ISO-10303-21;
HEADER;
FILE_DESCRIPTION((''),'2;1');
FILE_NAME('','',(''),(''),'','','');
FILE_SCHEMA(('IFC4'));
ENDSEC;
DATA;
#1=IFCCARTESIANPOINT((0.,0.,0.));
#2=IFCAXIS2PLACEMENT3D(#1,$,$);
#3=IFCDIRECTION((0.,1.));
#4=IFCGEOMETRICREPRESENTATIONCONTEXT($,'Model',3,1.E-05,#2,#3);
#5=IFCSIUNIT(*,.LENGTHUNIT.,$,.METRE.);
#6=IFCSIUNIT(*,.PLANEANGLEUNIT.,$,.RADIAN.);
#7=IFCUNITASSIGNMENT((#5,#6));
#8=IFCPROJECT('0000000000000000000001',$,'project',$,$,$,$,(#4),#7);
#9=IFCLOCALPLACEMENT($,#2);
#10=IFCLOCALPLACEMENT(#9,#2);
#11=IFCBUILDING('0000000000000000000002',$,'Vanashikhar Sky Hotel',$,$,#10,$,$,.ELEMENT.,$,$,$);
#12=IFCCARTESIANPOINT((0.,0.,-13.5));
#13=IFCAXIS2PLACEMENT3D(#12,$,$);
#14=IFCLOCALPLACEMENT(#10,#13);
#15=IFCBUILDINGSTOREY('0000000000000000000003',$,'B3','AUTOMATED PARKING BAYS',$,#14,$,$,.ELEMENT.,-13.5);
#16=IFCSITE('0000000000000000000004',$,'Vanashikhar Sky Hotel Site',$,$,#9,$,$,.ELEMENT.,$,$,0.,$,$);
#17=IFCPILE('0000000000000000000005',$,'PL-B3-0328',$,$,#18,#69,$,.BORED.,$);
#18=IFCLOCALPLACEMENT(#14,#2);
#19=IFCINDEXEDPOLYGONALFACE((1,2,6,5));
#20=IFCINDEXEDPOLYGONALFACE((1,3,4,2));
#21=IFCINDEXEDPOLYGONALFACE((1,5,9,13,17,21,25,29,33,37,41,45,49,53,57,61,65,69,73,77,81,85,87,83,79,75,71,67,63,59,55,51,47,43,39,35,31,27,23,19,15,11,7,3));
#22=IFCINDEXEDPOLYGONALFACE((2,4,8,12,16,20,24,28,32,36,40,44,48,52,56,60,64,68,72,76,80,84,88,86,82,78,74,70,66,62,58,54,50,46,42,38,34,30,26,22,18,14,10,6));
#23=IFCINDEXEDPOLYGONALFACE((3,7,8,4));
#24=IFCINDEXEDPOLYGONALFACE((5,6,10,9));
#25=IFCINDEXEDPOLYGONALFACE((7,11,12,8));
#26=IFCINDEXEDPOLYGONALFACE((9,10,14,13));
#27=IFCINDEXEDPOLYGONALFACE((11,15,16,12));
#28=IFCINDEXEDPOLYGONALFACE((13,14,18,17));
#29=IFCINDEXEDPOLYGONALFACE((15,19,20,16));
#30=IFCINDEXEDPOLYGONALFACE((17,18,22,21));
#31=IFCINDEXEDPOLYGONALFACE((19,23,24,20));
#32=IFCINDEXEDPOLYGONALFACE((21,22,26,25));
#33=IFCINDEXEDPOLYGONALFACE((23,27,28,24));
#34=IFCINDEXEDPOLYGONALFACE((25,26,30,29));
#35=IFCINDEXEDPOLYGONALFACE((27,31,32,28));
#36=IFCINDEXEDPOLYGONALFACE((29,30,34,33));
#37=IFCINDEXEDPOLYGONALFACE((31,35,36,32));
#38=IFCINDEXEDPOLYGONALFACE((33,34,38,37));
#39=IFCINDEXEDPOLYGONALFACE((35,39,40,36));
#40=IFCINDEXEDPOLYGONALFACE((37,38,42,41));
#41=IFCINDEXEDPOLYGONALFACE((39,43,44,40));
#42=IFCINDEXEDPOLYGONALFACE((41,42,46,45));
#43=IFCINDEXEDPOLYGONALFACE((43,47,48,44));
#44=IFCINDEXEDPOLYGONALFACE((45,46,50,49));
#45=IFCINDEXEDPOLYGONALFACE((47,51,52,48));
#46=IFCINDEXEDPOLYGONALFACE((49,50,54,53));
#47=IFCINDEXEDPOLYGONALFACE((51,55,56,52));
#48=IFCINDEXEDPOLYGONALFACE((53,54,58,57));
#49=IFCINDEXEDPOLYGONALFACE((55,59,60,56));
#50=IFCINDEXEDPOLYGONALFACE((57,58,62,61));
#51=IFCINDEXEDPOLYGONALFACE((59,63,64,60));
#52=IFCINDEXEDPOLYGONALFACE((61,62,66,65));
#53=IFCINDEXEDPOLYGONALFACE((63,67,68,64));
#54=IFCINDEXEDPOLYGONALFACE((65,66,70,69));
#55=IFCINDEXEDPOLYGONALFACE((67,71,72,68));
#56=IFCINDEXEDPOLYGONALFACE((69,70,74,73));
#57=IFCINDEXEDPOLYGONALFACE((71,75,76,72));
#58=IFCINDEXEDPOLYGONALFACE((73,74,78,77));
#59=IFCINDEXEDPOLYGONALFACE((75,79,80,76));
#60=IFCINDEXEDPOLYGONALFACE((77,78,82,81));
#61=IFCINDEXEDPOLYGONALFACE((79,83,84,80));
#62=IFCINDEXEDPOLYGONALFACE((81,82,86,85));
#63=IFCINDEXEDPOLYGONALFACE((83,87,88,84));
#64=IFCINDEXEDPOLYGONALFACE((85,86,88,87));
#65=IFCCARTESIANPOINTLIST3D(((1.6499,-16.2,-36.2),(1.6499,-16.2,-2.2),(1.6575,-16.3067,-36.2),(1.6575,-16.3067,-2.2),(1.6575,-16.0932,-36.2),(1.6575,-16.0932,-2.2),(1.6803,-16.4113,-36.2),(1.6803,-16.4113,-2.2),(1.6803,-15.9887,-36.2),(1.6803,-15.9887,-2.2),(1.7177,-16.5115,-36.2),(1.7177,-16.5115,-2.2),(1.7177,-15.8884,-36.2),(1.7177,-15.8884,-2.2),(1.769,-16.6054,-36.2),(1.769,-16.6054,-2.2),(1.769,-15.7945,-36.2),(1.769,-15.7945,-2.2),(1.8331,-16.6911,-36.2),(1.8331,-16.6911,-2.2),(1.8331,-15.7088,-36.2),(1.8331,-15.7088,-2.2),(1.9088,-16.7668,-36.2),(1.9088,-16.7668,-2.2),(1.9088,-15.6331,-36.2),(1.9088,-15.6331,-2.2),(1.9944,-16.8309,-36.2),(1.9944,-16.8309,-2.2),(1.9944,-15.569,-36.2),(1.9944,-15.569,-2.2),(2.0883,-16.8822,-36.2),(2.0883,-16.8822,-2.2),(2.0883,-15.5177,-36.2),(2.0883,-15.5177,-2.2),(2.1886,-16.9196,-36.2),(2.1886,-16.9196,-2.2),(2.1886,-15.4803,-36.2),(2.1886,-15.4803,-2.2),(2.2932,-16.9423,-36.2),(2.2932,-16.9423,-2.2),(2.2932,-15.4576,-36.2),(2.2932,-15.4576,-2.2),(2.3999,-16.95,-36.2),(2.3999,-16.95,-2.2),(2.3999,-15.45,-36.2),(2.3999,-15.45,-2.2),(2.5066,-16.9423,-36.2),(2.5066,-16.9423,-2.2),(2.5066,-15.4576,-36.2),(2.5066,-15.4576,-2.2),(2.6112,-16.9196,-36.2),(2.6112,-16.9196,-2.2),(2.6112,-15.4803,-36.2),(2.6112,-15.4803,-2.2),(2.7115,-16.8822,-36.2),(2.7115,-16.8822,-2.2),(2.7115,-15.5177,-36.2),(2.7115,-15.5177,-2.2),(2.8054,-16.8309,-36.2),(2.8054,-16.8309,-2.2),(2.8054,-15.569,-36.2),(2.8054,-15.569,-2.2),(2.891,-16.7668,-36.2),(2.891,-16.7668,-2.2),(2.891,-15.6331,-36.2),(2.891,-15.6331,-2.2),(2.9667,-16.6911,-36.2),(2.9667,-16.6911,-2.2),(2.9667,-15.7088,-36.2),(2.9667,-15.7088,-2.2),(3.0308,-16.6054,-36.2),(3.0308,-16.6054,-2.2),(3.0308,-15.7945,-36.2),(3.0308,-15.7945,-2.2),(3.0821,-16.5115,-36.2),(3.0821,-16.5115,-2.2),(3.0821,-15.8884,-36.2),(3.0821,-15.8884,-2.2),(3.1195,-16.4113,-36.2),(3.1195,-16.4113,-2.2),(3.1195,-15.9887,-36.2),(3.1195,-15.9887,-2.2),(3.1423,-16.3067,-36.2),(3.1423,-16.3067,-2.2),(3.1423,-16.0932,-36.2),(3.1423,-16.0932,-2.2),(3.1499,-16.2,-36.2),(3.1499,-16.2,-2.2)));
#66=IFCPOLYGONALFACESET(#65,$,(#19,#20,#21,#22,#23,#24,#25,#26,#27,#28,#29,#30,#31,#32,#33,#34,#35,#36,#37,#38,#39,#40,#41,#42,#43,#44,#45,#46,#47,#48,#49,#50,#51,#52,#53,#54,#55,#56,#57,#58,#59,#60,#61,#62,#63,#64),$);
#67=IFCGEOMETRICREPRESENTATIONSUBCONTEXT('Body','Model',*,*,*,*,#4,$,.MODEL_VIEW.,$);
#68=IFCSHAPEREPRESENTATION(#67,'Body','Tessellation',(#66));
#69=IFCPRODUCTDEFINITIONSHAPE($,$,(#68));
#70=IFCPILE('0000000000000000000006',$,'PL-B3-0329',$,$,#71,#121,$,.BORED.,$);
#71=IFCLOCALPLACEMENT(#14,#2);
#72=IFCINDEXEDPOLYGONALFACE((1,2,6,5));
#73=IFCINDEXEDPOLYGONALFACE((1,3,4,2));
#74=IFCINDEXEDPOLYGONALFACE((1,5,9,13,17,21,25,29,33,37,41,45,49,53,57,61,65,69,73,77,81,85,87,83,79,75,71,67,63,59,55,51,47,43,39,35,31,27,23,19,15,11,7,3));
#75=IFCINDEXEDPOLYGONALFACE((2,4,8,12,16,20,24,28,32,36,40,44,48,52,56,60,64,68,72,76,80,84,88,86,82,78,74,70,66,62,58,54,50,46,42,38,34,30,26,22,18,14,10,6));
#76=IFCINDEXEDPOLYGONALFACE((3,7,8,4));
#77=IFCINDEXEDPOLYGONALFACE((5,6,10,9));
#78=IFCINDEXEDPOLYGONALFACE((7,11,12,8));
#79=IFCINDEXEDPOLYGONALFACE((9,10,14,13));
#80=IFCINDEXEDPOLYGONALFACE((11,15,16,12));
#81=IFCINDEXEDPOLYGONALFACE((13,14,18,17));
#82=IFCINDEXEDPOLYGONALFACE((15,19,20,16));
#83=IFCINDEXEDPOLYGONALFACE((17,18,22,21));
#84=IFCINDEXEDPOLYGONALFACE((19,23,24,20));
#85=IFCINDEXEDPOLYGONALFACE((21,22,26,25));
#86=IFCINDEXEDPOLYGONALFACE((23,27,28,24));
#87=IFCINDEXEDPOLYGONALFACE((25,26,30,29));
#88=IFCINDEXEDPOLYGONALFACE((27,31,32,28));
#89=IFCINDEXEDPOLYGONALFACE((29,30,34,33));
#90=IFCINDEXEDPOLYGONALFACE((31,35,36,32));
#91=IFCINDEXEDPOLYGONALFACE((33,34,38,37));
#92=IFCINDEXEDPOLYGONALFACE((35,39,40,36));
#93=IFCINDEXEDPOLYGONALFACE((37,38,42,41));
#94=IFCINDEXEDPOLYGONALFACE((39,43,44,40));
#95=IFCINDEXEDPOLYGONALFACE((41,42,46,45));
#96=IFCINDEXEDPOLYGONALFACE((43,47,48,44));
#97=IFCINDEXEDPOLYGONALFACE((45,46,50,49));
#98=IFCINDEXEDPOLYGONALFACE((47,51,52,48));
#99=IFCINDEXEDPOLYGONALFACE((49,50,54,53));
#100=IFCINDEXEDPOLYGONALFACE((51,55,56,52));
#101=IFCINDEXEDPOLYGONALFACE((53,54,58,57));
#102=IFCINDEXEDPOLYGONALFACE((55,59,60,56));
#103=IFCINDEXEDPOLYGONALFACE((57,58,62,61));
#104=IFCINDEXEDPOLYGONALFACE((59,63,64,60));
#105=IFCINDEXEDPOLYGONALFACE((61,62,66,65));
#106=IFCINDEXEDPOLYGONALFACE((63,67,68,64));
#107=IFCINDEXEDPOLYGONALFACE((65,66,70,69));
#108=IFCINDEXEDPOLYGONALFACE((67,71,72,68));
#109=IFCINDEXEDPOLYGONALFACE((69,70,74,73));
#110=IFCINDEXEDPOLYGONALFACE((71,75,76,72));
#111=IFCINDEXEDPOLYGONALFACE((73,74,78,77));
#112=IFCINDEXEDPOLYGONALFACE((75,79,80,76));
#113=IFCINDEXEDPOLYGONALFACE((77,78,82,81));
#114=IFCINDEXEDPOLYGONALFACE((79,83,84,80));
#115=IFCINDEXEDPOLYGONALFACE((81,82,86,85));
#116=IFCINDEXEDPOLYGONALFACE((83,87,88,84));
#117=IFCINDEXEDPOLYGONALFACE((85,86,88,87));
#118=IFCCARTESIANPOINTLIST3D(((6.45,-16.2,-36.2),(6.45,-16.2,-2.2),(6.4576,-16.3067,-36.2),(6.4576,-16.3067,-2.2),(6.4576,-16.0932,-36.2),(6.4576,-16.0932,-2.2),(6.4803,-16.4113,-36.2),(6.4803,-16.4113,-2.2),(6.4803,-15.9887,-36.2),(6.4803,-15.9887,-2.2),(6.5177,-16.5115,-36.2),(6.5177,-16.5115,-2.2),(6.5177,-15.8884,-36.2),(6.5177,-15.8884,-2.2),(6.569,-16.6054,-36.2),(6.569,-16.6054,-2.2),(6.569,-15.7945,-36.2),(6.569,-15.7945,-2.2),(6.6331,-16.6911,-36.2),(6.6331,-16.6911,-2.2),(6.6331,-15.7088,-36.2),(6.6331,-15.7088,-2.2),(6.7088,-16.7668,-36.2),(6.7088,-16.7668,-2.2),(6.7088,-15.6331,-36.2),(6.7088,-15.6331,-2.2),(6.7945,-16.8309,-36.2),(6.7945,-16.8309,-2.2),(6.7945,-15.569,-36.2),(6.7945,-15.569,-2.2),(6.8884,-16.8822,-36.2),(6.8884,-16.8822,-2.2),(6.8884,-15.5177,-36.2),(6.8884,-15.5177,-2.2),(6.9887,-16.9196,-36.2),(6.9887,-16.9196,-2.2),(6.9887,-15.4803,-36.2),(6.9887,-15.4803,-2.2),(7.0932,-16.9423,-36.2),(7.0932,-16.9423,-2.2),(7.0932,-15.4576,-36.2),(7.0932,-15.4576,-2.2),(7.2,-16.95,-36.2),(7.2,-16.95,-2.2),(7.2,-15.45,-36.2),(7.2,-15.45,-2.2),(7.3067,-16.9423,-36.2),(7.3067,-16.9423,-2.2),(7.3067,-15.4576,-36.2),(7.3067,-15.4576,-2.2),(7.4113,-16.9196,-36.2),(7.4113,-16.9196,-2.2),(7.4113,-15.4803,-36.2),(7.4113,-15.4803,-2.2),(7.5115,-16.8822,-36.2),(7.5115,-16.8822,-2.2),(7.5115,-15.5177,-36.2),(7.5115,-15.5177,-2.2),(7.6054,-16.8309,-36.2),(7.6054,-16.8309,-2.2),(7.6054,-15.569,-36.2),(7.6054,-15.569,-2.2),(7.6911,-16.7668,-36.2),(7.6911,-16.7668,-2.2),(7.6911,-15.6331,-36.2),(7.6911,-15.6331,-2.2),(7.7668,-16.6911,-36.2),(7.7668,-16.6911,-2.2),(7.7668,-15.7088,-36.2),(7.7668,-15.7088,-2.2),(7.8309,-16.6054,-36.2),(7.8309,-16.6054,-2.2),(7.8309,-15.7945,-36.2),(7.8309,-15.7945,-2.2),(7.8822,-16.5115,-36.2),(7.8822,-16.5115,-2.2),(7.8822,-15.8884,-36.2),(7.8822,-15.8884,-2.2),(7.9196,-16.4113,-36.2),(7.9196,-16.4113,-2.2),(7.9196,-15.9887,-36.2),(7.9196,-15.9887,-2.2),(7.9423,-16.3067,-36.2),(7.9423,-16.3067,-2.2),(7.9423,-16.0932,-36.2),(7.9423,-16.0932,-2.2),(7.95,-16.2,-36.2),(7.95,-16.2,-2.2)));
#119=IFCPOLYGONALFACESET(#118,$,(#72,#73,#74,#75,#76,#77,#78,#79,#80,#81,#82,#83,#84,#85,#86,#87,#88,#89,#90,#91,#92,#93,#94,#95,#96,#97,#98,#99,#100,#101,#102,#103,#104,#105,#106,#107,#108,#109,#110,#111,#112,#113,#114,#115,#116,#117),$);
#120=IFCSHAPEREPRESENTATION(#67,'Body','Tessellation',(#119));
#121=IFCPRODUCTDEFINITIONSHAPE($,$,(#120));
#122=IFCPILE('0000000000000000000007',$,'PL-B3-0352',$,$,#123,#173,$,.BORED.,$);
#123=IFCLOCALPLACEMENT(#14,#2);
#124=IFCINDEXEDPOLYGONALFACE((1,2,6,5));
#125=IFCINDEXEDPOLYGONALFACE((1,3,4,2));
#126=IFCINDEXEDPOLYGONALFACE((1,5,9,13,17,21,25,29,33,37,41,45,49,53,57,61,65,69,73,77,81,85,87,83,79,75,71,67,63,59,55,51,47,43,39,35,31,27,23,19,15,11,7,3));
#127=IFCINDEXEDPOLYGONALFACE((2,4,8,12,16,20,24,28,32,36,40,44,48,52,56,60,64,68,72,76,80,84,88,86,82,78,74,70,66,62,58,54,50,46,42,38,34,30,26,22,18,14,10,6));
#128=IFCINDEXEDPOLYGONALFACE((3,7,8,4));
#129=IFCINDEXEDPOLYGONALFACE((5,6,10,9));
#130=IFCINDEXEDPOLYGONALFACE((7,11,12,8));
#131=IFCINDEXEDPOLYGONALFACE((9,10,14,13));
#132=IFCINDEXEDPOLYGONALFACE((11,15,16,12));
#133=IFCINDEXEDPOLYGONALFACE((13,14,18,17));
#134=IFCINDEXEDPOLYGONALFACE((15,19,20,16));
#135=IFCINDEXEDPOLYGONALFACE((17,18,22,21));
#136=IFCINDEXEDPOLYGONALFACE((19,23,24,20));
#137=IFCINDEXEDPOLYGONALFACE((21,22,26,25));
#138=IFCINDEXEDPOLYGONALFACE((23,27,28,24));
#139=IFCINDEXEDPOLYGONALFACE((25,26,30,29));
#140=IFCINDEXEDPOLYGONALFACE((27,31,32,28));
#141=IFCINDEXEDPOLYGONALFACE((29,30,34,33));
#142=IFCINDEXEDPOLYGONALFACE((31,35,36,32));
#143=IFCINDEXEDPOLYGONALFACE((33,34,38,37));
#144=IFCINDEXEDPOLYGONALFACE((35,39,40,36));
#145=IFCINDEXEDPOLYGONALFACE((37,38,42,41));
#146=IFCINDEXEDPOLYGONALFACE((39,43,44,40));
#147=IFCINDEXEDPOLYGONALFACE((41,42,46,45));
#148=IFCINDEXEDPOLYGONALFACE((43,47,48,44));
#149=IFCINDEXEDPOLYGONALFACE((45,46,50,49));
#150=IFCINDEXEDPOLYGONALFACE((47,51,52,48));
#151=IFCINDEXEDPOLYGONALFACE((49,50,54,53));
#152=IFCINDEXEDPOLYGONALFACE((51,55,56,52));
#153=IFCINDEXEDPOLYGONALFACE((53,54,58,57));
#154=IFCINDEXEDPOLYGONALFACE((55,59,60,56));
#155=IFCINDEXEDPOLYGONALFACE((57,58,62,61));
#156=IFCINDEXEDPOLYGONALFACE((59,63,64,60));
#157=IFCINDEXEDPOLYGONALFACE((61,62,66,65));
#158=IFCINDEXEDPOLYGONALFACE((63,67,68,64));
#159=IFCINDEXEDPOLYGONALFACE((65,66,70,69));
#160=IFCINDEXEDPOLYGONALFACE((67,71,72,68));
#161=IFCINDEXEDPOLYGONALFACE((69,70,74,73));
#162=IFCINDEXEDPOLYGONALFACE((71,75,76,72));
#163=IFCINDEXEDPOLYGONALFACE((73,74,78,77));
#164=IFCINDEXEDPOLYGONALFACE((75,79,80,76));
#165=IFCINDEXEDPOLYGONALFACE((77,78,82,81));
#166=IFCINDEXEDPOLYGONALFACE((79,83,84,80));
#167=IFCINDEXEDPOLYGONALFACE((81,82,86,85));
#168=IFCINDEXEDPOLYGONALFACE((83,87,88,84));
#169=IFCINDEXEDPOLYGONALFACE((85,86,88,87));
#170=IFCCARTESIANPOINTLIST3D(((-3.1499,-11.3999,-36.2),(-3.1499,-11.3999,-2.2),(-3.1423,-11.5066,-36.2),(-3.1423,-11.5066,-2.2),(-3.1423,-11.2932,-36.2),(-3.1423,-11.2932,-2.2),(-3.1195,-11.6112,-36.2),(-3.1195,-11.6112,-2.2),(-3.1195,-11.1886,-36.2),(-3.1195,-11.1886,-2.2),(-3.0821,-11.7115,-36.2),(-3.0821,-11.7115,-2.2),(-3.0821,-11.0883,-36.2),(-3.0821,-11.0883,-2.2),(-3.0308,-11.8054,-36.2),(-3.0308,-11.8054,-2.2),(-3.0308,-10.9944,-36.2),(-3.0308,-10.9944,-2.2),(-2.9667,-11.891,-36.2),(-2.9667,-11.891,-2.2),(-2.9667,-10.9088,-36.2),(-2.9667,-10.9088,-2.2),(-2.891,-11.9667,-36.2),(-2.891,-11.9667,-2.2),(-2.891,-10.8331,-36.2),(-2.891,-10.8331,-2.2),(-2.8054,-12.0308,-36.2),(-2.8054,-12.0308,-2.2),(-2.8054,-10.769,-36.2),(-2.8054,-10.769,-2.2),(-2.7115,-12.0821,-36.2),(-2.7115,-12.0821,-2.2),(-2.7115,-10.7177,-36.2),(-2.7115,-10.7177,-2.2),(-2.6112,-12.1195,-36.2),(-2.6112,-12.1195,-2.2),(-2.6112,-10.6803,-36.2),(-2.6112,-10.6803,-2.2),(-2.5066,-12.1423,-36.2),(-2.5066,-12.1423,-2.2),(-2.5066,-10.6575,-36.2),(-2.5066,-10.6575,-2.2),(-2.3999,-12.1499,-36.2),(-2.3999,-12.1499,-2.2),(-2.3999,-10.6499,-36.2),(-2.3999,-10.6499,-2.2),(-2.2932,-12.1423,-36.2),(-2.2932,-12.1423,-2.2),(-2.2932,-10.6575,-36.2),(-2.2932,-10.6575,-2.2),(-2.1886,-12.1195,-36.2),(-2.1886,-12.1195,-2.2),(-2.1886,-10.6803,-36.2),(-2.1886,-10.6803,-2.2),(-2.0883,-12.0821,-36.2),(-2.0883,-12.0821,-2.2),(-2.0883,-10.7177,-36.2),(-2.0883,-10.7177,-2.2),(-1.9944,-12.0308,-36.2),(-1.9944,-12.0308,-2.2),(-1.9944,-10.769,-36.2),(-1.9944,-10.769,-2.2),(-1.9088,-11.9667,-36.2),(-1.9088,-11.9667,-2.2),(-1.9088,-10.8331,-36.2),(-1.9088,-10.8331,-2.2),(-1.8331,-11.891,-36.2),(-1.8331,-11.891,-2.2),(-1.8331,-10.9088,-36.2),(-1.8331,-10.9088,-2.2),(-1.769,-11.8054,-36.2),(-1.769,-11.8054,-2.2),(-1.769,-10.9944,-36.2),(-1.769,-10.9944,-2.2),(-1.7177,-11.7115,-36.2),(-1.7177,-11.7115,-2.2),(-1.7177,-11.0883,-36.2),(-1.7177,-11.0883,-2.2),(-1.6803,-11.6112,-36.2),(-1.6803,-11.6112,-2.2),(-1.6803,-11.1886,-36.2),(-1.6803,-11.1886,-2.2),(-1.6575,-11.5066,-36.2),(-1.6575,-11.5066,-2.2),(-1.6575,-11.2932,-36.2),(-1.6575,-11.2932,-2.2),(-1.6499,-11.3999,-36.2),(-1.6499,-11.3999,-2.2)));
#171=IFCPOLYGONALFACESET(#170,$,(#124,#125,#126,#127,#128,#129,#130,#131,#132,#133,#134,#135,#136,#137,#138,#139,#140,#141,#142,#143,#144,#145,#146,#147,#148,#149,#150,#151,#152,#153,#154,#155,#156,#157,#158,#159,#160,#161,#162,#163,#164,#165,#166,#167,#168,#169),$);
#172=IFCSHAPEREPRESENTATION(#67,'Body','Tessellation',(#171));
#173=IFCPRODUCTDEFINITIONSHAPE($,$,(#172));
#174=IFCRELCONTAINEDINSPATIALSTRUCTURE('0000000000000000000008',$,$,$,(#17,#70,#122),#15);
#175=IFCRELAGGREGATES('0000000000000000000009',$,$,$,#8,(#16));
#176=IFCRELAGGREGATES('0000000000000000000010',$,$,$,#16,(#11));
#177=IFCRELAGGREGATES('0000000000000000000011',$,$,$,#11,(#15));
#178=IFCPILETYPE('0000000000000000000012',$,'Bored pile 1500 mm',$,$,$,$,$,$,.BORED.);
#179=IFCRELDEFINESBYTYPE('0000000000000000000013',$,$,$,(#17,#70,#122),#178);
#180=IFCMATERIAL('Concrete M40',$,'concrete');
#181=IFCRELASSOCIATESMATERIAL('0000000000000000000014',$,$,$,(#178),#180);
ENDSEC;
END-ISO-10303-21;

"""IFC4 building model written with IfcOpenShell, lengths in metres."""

from ifc_helpers import new_model, si_unit, direction, frame, origin, origin_2d, place, context, subcontext, project, spatial, circle, extrude, source, transform, mapped, material, type_object, element, save


model = new_model("IFC4")

# Units and contexts
model_context = context("Model", 3, precision=1e-05, world=origin(), true_north=direction((0.0, 1.0)))
body_context = subcontext(model_context, "Body", "Model", "MODEL_VIEW")
ifc_project = project(units=[si_unit("LENGTHUNIT", "METRE"), si_unit("PLANEANGLEUNIT", "RADIAN")], contexts=[model_context])

# Site, building, storey
site_placement = place(None, origin())
site = spatial("IfcSite", under=ifc_project, at=site_placement, Name="Vanashikhar Sky Hotel Site", CompositionType="ELEMENT", RefElevation=0.0)
building_placement = place(site_placement, origin())
building = spatial("IfcBuilding", under=site, at=building_placement, Name="Vanashikhar Sky Hotel", CompositionType="ELEMENT")
storey_placement = place(building_placement, frame((0.0, 0.0, -13.5)))
storey = spatial("IfcBuildingStorey", under=building, at=storey_placement, Name="B3", Description="AUTOMATED PARKING BAYS", CompositionType="ELEMENT", Elevation=-13.5)

# Piles
ifc_material_1 = material(Name="Concrete M40", Category="concrete")
pile_type_1 = type_object("IfcPileType", Name="Bored pile 1500 mm", PredefinedType="BORED", material=ifc_material_1)
shared_shape_1 = source(origin(), body_context, "Body", "SweptSolid", [
    extrude(circle(Radius=0.75, at=origin_2d()), origin(), (0.0, 0.0, 1.0), 34.0),
])
for number, where, z_axis, x_axis, name in (
    (1, (2.3999, -16.2, -2.2), (0.0, 0.0, -1.0), (1.0, 0.0, 0.0), "PL-B3-0328"),
    (2, (7.2, -16.2, -2.2), (0.0, 0.0, -1.0), (1.0, 0.0, 0.0), "PL-B3-0329"),
    (3, (-2.3999, -11.3999, -2.2), (0.0, 0.0, -1.0), (1.0, 0.0, 0.0), "PL-B3-0352"),
):
    element("IfcPile", number, at=place(storey_placement, frame(where, z_axis=z_axis, x_axis=x_axis)), inside=storey, type_object=pile_type_1, Name=name, PredefinedType="BORED", context=body_context, shape_type="MappedRepresentation", body=[
        mapped(shared_shape_1, transform((0.0, 0.0, 0.0), scale=1.0)),
    ])

save(model, "model.ifc")
